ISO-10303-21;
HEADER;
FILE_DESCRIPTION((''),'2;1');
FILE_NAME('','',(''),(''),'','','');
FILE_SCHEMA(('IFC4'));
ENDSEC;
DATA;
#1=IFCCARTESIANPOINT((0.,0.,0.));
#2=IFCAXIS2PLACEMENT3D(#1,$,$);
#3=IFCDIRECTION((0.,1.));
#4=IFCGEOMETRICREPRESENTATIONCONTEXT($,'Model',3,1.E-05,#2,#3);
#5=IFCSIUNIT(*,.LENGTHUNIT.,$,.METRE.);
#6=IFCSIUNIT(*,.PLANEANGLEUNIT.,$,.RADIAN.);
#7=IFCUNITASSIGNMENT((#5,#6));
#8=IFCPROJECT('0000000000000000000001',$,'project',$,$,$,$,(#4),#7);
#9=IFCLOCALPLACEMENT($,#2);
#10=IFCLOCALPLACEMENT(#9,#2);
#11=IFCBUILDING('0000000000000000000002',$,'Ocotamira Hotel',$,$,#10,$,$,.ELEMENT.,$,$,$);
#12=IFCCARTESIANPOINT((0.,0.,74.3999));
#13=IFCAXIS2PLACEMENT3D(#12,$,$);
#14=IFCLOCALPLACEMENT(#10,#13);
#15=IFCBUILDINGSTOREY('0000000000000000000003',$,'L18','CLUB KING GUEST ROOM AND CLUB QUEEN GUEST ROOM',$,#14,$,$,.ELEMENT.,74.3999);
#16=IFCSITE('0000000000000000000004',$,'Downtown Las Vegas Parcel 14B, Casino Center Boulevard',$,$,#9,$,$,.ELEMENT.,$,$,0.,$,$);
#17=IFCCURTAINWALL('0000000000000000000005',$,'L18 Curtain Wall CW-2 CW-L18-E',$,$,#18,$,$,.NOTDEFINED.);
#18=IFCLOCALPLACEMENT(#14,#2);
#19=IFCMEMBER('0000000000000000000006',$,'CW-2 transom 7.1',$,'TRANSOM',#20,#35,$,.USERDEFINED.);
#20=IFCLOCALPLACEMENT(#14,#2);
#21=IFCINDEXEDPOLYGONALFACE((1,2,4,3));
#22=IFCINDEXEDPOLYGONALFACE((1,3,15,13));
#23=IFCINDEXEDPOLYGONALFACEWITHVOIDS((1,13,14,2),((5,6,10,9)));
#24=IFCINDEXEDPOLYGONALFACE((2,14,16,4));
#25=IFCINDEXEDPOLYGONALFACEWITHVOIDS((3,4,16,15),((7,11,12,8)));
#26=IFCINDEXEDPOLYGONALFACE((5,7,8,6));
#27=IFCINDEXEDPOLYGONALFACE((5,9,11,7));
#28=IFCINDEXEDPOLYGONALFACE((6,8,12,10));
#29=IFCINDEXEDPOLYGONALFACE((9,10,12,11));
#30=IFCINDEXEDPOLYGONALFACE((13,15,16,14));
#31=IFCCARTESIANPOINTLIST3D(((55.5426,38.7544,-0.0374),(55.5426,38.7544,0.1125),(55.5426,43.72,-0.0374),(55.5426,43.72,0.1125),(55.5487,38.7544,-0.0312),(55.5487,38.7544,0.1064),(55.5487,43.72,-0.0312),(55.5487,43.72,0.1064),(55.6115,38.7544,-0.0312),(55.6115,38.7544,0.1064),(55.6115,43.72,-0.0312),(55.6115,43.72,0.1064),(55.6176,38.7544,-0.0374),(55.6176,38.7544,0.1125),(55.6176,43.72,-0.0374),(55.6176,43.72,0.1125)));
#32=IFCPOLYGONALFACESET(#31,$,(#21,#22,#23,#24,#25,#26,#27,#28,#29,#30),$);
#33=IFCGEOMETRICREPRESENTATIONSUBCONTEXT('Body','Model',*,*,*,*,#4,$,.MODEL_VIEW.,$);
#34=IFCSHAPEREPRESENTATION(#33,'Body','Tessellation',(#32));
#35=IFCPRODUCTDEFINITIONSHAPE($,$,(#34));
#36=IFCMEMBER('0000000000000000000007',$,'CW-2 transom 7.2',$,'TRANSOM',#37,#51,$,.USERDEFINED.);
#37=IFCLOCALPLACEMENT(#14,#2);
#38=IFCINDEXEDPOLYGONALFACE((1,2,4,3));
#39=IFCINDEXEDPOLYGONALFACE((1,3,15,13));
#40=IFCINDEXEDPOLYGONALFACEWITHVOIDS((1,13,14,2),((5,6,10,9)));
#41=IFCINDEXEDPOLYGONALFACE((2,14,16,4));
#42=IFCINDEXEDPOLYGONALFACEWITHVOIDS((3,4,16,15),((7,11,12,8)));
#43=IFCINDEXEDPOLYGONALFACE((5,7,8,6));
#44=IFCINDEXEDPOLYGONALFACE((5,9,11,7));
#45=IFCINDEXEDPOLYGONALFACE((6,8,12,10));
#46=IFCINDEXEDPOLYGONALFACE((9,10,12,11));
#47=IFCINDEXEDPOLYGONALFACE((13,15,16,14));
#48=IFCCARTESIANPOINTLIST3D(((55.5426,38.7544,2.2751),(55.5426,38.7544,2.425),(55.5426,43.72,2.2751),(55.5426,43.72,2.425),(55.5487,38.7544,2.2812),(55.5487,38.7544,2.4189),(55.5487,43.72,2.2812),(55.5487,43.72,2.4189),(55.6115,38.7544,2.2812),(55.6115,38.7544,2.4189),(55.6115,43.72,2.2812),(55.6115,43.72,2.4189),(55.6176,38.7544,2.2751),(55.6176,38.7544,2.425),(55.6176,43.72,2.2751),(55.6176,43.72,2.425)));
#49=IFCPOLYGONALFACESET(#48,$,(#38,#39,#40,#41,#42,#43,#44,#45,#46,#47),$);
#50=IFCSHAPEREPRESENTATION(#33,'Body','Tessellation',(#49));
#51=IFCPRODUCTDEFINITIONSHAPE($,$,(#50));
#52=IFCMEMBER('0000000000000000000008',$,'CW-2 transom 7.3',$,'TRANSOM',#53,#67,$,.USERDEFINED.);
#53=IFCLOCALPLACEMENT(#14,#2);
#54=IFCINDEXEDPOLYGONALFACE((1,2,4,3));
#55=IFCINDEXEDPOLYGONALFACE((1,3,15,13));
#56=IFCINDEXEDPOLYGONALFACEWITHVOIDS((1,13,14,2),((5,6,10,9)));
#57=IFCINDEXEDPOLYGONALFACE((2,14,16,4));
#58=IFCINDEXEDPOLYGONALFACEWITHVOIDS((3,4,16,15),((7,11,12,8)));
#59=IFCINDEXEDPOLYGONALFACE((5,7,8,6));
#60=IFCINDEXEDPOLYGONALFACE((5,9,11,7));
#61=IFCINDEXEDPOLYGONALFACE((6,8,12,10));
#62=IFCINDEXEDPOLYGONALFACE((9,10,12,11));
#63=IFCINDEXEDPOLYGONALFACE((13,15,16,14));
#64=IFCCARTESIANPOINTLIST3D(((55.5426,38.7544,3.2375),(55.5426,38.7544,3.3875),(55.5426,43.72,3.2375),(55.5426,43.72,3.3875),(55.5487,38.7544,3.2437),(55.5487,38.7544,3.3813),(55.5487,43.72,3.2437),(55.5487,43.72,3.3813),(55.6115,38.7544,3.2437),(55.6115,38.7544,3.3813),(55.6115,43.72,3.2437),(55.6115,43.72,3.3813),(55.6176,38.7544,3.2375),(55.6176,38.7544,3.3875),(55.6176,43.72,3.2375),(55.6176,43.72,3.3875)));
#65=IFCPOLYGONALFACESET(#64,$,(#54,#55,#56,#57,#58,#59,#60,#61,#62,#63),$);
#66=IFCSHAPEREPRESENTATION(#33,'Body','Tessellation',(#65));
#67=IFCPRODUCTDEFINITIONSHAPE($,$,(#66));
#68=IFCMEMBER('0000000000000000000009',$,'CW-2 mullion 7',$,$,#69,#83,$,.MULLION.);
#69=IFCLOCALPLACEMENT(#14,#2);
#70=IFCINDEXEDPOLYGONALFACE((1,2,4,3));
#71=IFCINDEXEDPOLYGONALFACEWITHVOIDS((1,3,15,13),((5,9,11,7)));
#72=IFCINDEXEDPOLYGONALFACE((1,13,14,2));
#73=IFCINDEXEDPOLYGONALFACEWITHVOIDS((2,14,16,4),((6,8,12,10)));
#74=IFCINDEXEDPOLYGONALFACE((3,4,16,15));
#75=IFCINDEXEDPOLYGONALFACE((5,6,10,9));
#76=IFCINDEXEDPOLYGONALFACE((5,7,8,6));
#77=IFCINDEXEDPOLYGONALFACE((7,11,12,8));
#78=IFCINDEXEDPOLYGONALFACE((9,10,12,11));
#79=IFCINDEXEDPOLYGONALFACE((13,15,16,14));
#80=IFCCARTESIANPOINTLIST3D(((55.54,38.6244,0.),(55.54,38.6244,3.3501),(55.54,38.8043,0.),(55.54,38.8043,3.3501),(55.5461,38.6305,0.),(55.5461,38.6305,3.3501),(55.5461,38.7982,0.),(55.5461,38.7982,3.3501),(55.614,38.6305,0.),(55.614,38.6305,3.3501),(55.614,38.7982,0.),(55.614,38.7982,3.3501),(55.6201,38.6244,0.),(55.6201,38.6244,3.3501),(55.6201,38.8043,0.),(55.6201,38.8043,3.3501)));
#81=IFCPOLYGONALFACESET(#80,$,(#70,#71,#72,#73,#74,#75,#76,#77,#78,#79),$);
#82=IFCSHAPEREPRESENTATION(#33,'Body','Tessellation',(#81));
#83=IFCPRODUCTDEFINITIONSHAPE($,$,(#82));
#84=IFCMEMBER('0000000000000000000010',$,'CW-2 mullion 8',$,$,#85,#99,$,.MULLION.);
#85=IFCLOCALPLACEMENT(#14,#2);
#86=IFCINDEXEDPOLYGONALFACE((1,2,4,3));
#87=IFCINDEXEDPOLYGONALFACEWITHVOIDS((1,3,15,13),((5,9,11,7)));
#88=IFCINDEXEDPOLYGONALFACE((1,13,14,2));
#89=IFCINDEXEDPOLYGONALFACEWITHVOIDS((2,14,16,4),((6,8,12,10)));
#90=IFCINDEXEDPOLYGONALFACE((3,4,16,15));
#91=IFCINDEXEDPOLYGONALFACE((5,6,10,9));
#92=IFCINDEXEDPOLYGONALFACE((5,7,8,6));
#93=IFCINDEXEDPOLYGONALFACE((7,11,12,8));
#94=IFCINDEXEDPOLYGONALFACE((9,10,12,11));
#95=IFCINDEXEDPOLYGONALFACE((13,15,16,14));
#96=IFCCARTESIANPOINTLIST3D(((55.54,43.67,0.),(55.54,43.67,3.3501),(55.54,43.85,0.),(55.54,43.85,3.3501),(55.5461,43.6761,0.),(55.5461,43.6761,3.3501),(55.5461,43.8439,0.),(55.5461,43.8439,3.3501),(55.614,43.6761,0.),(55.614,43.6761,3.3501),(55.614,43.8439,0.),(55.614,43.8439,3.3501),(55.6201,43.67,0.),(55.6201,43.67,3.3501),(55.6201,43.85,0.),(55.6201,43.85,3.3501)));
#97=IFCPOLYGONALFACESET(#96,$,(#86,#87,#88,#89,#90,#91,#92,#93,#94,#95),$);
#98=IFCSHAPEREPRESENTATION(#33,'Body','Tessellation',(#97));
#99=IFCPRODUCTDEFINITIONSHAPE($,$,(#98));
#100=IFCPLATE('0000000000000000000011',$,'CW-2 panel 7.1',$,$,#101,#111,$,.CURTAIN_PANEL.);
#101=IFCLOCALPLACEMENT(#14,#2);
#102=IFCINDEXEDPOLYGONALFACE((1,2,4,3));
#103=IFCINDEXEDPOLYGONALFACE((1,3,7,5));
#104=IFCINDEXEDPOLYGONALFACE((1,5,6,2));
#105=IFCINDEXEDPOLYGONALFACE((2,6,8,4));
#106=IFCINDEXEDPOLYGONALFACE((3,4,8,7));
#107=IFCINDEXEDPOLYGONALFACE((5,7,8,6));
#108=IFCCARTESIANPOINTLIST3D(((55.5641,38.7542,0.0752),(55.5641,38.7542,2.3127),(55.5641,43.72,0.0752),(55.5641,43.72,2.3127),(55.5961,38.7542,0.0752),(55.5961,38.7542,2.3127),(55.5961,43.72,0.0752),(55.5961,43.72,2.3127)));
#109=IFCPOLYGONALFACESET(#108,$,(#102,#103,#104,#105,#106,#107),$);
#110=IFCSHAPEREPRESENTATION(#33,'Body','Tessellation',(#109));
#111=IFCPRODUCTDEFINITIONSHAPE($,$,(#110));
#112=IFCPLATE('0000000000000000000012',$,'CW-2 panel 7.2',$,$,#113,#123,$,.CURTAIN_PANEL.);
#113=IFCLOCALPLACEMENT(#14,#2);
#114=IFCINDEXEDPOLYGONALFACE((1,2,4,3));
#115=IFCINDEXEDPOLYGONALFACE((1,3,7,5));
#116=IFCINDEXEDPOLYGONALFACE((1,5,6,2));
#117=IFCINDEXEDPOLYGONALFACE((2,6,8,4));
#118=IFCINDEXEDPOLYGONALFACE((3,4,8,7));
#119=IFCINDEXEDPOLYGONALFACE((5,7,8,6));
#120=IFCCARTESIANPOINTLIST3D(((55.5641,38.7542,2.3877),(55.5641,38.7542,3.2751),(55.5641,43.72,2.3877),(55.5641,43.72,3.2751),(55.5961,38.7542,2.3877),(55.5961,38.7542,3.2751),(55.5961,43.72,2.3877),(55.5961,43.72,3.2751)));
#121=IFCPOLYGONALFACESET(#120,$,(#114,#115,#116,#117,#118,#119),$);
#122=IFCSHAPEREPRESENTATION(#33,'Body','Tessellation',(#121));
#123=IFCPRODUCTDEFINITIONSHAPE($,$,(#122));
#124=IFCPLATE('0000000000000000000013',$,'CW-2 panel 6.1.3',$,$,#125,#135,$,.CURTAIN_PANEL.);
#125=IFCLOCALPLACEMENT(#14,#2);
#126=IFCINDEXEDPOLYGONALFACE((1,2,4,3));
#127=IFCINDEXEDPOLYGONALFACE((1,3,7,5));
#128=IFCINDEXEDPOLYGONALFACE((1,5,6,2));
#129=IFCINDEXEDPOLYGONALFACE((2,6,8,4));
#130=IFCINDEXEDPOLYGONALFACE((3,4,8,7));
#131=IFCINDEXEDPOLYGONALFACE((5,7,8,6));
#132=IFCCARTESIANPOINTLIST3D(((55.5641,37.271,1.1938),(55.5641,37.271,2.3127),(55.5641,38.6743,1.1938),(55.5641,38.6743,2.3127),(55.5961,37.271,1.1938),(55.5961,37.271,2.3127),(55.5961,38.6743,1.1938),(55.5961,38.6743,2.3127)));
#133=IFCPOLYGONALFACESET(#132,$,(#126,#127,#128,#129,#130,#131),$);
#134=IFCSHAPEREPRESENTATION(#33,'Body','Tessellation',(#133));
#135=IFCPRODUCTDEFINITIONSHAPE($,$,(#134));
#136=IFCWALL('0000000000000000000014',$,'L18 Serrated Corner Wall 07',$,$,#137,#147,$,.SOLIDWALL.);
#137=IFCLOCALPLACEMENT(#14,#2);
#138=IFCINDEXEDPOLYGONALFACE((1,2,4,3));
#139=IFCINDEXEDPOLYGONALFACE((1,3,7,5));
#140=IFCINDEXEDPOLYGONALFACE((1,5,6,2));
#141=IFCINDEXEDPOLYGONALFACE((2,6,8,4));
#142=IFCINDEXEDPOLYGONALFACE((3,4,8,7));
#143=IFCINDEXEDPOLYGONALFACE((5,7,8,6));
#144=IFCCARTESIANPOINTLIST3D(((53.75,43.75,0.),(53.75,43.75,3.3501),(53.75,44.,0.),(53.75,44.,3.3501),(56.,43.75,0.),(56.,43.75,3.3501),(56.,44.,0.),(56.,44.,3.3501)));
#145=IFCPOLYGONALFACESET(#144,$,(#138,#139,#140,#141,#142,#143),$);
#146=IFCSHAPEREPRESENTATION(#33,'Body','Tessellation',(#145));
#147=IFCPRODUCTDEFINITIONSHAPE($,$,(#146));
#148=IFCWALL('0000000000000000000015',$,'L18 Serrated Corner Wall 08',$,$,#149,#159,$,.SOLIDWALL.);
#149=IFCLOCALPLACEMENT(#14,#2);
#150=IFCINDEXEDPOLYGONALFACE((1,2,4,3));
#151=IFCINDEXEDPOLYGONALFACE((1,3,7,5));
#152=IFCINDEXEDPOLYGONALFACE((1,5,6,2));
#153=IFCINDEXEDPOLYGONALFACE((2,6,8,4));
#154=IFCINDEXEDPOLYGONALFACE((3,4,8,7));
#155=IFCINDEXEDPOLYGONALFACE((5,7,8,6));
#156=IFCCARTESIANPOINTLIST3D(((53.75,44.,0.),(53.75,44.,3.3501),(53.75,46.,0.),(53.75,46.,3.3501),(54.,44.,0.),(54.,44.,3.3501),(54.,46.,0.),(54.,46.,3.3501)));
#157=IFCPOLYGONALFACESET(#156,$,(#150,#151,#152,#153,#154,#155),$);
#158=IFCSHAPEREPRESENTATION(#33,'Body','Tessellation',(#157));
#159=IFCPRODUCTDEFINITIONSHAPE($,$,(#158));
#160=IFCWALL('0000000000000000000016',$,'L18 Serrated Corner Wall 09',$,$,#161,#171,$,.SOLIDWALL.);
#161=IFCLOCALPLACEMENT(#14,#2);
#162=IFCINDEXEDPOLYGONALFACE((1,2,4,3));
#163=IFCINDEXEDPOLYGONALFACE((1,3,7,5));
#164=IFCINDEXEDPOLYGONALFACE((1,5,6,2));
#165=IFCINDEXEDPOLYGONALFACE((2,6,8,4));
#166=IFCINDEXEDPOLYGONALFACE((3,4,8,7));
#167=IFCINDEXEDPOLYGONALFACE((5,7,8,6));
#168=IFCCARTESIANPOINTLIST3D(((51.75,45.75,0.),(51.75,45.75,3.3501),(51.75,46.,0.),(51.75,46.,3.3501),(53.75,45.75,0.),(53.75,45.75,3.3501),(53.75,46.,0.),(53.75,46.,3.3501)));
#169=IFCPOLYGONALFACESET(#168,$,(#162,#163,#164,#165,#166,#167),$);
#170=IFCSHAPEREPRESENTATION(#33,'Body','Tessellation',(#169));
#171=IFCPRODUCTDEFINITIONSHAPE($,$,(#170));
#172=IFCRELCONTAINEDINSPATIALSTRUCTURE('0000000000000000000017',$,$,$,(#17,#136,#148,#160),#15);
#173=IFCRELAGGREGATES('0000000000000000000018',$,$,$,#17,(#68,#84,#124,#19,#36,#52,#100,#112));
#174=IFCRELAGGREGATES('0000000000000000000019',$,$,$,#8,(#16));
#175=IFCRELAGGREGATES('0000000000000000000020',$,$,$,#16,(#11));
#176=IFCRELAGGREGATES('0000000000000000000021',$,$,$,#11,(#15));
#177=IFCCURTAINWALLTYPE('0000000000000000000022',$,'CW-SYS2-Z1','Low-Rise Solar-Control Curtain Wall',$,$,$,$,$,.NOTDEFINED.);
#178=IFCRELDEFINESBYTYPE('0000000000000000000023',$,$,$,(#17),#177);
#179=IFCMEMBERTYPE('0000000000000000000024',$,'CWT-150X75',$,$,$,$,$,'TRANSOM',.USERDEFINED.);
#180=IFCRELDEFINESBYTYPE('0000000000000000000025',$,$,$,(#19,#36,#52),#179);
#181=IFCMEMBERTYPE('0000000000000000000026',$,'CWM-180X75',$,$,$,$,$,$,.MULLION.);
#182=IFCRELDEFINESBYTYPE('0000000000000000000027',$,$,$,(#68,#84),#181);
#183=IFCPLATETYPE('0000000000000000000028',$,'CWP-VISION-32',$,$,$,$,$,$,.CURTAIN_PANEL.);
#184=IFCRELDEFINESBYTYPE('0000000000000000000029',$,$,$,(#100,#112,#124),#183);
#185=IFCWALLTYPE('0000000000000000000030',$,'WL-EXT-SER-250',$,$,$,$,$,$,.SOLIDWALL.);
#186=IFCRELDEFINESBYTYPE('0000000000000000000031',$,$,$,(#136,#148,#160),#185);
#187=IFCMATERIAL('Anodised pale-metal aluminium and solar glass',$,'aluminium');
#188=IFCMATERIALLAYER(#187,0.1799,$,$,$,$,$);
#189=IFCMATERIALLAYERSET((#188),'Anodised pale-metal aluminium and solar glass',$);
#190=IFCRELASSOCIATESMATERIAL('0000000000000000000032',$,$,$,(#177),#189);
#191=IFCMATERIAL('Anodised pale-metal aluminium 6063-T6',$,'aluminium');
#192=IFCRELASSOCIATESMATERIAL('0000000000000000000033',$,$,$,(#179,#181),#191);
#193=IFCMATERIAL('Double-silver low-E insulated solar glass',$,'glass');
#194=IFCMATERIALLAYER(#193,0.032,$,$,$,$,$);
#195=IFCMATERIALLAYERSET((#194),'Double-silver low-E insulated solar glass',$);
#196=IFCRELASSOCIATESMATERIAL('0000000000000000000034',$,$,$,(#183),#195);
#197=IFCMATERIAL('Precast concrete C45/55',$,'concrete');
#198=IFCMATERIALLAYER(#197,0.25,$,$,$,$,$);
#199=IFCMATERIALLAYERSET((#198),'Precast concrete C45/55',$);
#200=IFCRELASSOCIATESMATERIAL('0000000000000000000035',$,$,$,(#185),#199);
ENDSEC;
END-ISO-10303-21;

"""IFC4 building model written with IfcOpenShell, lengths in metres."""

from ifc_helpers import new_model, si_unit, direction, frame, frame_2d, origin, origin_2d, place, context, subcontext, project, spatial, rectangle, hollow_rectangle, extrude, source, transform, mapped, material, layer, layer_set, material_profile, profile_set, type_object, element, aggregate, save


model = new_model("IFC4")

# Units and contexts
model_context = context("Model", 3, precision=1e-05, world=origin(), true_north=direction((0.0, 1.0)))
body_context = subcontext(model_context, "Body", "Model", "MODEL_VIEW")
ifc_project = project(units=[si_unit("LENGTHUNIT", "METRE"), si_unit("PLANEANGLEUNIT", "RADIAN")], contexts=[model_context])

# Site, building, storey
site_placement = place(None, origin())
site = spatial("IfcSite", under=ifc_project, at=site_placement, Name="Downtown Las Vegas Parcel 14B, Casino Center Boulevard", CompositionType="ELEMENT", RefElevation=0.0)
building_placement = place(site_placement, origin())
building = spatial("IfcBuilding", under=site, at=building_placement, Name="Ocotamira Hotel", CompositionType="ELEMENT")
storey_placement = place(building_placement, frame((0.0, 0.0, 74.3999)))
storey = spatial("IfcBuildingStorey", under=building, at=storey_placement, Name="L18", Description="CLUB KING GUEST ROOM AND CLUB QUEEN GUEST ROOM", CompositionType="ELEMENT", Elevation=74.3999)

# Curtain wall, members, plates
ifc_material_1 = material(Name="Anodised pale-metal aluminium and solar glass", Category="aluminium")
ifc_layer_1 = layer(ifc_material_1, 0.1799)
ifc_layer_set_1 = layer_set([ifc_layer_1], Name="Anodised pale-metal aluminium and solar glass")
curtain_wall_type = type_object("IfcCurtainWallType", Name="CW-SYS2-Z1", Description="Low-Rise Solar-Control Curtain Wall", PredefinedType="NOTDEFINED", material=ifc_layer_set_1)
curtain_wall_placement = place(storey_placement, origin())
curtain_wall = element("IfcCurtainWall", 1, at=curtain_wall_placement, inside=storey, type_object=curtain_wall_type, Name="L18 Curtain Wall CW-2 CW-L18-E", PredefinedType="NOTDEFINED")
ifc_material_2 = material(Name="Anodised pale-metal aluminium 6063-T6", Category="aluminium")
ifc_material_profile_1 = material_profile(ifc_material_2, hollow_rectangle(XDim=0.075, YDim=0.1499, WallThickness=0.0061, at=origin_2d()), Name="HSS150X75X6")
ifc_profile_set_1 = profile_set([ifc_material_profile_1], Name="Anodised pale-metal aluminium 6063-T6")
member_type_1 = type_object("IfcMemberType", Name="CWT-150X75", ElementType="TRANSOM", PredefinedType="USERDEFINED", material=ifc_profile_set_1)
shared_shape_1 = source(origin(), body_context, "Body", "SweptSolid", [
    extrude(hollow_rectangle(XDim=0.075, YDim=0.1499, WallThickness=0.0061, at=origin_2d()), origin(), (0.0, 0.0, 1.0), 4.9656),
])
member_1_placement = place(storey_placement, frame((55.5801, 38.7544, 0.0376), z_axis=(0.0, 1.0, 0.0), x_axis=(-1.0, 0.0, 0.0)))
member_1 = element("IfcMember", 2, at=member_1_placement, type_object=member_type_1, Name="CW-2 transom 7.1", ObjectType="TRANSOM", PredefinedType="USERDEFINED", context=body_context, shape_type="MappedRepresentation", body=[
    mapped(shared_shape_1, transform((0.0, 0.0, 0.0), scale=1.0)),
])
member_2_placement = place(storey_placement, frame((55.5801, 38.7544, 2.3501), z_axis=(0.0, 1.0, 0.0), x_axis=(-1.0, 0.0, 0.0)))
member_2 = element("IfcMember", 3, at=member_2_placement, type_object=member_type_1, Name="CW-2 transom 7.2", ObjectType="TRANSOM", PredefinedType="USERDEFINED", context=body_context, shape_type="MappedRepresentation", body=[
    mapped(shared_shape_1, transform((0.0, 0.0, 0.0), scale=1.0)),
])
member_3_placement = place(storey_placement, frame((55.5801, 38.7544, 3.3125), z_axis=(0.0, 1.0, 0.0), x_axis=(-1.0, 0.0, 0.0)))
member_3 = element("IfcMember", 4, at=member_3_placement, type_object=member_type_1, Name="CW-2 transom 7.3", ObjectType="TRANSOM", PredefinedType="USERDEFINED", context=body_context, shape_type="MappedRepresentation", body=[
    mapped(shared_shape_1, transform((0.0, 0.0, 0.0), scale=1.0)),
])
ifc_material_profile_2 = material_profile(ifc_material_2, hollow_rectangle(XDim=0.0801, YDim=0.1799, WallThickness=0.0061, at=origin_2d()), Name="HSS180X80X6")
ifc_profile_set_2 = profile_set([ifc_material_profile_2], Name="Anodised pale-metal aluminium 6063-T6")
member_type_2 = type_object("IfcMemberType", Name="CWM-180X75", PredefinedType="MULLION", material=ifc_profile_set_2)
shared_shape_2 = source(origin(), body_context, "Body", "SweptSolid", [
    extrude(hollow_rectangle(XDim=0.0801, YDim=0.1799, WallThickness=0.0061, at=origin_2d()), origin(), (0.0, 0.0, 1.0), 3.3501),
])
member_4_placement = place(storey_placement, frame((55.5801, 38.7144, 0.0), z_axis=(0.0, 0.0, 1.0), x_axis=(-1.0, 0.0, 0.0)))
member_4 = element("IfcMember", 5, at=member_4_placement, type_object=member_type_2, Name="CW-2 mullion 7", PredefinedType="MULLION", context=body_context, shape_type="MappedRepresentation", body=[
    mapped(shared_shape_2, transform((0.0, 0.0, 0.0), scale=1.0)),
])
member_5_placement = place(storey_placement, frame((55.5801, 43.76, 0.0), z_axis=(0.0, 0.0, 1.0), x_axis=(-1.0, 0.0, 0.0)))
member_5 = element("IfcMember", 6, at=member_5_placement, type_object=member_type_2, Name="CW-2 mullion 8", PredefinedType="MULLION", context=body_context, shape_type="MappedRepresentation", body=[
    mapped(shared_shape_2, transform((0.0, 0.0, 0.0), scale=1.0)),
])
ifc_material_3 = material(Name="Double-silver low-E insulated solar glass", Category="glass")
ifc_layer_2 = layer(ifc_material_3, 0.032)
ifc_layer_set_2 = layer_set([ifc_layer_2], Name="Double-silver low-E insulated solar glass")
plate_type = type_object("IfcPlateType", Name="CWP-VISION-32", PredefinedType="CURTAIN_PANEL", material=ifc_layer_set_2)
shared_shape_3 = source(origin(), body_context, "Body", "SweptSolid", [
    extrude(rectangle(XDim=4.9658, YDim=0.032, at=origin_2d()), origin(), (0.0, 0.0, 1.0), 2.2375),
])
plate_1_placement = place(storey_placement, frame((55.5801, 41.2371, 0.0752), z_axis=(0.0, 0.0, 1.0), x_axis=(0.0, 1.0, 0.0)))
plate_1 = element("IfcPlate", 7, at=plate_1_placement, type_object=plate_type, Name="CW-2 panel 7.1", PredefinedType="CURTAIN_PANEL", context=body_context, shape_type="MappedRepresentation", body=[
    mapped(shared_shape_3, transform((0.0, 0.0, 0.0), scale=1.0)),
])
shared_shape_4 = source(origin(), body_context, "Body", "SweptSolid", [
    extrude(rectangle(XDim=4.9658, YDim=0.032, at=origin_2d()), origin(), (0.0, 0.0, 1.0), 0.8875),
])
plate_2_placement = place(storey_placement, frame((55.5801, 41.2371, 2.3877), z_axis=(0.0, 0.0, 1.0), x_axis=(0.0, 1.0, 0.0)))
plate_2 = element("IfcPlate", 8, at=plate_2_placement, type_object=plate_type, Name="CW-2 panel 7.2", PredefinedType="CURTAIN_PANEL", context=body_context, shape_type="MappedRepresentation", body=[
    mapped(shared_shape_4, transform((0.0, 0.0, 0.0), scale=1.0)),
])
shared_shape_5 = source(origin(), body_context, "Body", "SweptSolid", [
    extrude(rectangle(XDim=1.4033, YDim=0.032, at=origin_2d()), origin(), (0.0, 0.0, 1.0), 1.1189),
])
plate_3_placement = place(storey_placement, frame((55.5801, 37.9727, 1.1938), z_axis=(0.0, 0.0, 1.0), x_axis=(0.0, 1.0, 0.0)))
plate_3 = element("IfcPlate", 9, at=plate_3_placement, type_object=plate_type, Name="CW-2 panel 6.1.3", PredefinedType="CURTAIN_PANEL", context=body_context, shape_type="MappedRepresentation", body=[
    mapped(shared_shape_5, transform((0.0, 0.0, 0.0), scale=1.0)),
])
aggregate(curtain_wall, [member_4, member_5, plate_3, member_1, member_2, member_3, plate_1, plate_2])

# Walls
ifc_material_4 = material(Name="Precast concrete C45/55", Category="concrete")
ifc_layer_3 = layer(ifc_material_4, 0.25)
ifc_layer_set_3 = layer_set([ifc_layer_3], Name="Precast concrete C45/55")
wall_type_1 = type_object("IfcWallType", Name="WL-EXT-SER-250", PredefinedType="SOLIDWALL", material=ifc_layer_set_3)
wall_1_placement = place(storey_placement, frame((56.0, 43.875, 0.0), z_axis=(0.0, 0.0, 1.0), x_axis=(-1.0, 0.0, 0.0)))
element("IfcWall", 10, at=wall_1_placement, inside=storey, type_object=wall_type_1, Name="L18 Serrated Corner Wall 07", PredefinedType="SOLIDWALL", context=body_context, shape_type="SweptSolid", body=[
    extrude(rectangle(XDim=2.25, YDim=0.25, at=frame_2d((1.125, 0.0))), origin(), (0.0, 0.0, 1.0), 3.3501),
])
for number, where, z_axis, x_axis, name in (
    (11, (53.875, 44.0, 0.0), (0.0, 0.0, 1.0), (0.0, 1.0, 0.0), "L18 Serrated Corner Wall 08"),
    (12, (53.75, 45.875, 0.0), (0.0, 0.0, 1.0), (-1.0, 0.0, 0.0), "L18 Serrated Corner Wall 09"),
):
    element("IfcWall", number, at=place(storey_placement, frame(where, z_axis=z_axis, x_axis=x_axis)), inside=storey, type_object=wall_type_1, Name=name, PredefinedType="SOLIDWALL", context=body_context, shape_type="SweptSolid", body=[
        extrude(rectangle(XDim=2.0, YDim=0.25, at=frame_2d((1.0, 0.0))), origin(), (0.0, 0.0, 1.0), 3.3501),
    ])

save(model, "model.ifc")
